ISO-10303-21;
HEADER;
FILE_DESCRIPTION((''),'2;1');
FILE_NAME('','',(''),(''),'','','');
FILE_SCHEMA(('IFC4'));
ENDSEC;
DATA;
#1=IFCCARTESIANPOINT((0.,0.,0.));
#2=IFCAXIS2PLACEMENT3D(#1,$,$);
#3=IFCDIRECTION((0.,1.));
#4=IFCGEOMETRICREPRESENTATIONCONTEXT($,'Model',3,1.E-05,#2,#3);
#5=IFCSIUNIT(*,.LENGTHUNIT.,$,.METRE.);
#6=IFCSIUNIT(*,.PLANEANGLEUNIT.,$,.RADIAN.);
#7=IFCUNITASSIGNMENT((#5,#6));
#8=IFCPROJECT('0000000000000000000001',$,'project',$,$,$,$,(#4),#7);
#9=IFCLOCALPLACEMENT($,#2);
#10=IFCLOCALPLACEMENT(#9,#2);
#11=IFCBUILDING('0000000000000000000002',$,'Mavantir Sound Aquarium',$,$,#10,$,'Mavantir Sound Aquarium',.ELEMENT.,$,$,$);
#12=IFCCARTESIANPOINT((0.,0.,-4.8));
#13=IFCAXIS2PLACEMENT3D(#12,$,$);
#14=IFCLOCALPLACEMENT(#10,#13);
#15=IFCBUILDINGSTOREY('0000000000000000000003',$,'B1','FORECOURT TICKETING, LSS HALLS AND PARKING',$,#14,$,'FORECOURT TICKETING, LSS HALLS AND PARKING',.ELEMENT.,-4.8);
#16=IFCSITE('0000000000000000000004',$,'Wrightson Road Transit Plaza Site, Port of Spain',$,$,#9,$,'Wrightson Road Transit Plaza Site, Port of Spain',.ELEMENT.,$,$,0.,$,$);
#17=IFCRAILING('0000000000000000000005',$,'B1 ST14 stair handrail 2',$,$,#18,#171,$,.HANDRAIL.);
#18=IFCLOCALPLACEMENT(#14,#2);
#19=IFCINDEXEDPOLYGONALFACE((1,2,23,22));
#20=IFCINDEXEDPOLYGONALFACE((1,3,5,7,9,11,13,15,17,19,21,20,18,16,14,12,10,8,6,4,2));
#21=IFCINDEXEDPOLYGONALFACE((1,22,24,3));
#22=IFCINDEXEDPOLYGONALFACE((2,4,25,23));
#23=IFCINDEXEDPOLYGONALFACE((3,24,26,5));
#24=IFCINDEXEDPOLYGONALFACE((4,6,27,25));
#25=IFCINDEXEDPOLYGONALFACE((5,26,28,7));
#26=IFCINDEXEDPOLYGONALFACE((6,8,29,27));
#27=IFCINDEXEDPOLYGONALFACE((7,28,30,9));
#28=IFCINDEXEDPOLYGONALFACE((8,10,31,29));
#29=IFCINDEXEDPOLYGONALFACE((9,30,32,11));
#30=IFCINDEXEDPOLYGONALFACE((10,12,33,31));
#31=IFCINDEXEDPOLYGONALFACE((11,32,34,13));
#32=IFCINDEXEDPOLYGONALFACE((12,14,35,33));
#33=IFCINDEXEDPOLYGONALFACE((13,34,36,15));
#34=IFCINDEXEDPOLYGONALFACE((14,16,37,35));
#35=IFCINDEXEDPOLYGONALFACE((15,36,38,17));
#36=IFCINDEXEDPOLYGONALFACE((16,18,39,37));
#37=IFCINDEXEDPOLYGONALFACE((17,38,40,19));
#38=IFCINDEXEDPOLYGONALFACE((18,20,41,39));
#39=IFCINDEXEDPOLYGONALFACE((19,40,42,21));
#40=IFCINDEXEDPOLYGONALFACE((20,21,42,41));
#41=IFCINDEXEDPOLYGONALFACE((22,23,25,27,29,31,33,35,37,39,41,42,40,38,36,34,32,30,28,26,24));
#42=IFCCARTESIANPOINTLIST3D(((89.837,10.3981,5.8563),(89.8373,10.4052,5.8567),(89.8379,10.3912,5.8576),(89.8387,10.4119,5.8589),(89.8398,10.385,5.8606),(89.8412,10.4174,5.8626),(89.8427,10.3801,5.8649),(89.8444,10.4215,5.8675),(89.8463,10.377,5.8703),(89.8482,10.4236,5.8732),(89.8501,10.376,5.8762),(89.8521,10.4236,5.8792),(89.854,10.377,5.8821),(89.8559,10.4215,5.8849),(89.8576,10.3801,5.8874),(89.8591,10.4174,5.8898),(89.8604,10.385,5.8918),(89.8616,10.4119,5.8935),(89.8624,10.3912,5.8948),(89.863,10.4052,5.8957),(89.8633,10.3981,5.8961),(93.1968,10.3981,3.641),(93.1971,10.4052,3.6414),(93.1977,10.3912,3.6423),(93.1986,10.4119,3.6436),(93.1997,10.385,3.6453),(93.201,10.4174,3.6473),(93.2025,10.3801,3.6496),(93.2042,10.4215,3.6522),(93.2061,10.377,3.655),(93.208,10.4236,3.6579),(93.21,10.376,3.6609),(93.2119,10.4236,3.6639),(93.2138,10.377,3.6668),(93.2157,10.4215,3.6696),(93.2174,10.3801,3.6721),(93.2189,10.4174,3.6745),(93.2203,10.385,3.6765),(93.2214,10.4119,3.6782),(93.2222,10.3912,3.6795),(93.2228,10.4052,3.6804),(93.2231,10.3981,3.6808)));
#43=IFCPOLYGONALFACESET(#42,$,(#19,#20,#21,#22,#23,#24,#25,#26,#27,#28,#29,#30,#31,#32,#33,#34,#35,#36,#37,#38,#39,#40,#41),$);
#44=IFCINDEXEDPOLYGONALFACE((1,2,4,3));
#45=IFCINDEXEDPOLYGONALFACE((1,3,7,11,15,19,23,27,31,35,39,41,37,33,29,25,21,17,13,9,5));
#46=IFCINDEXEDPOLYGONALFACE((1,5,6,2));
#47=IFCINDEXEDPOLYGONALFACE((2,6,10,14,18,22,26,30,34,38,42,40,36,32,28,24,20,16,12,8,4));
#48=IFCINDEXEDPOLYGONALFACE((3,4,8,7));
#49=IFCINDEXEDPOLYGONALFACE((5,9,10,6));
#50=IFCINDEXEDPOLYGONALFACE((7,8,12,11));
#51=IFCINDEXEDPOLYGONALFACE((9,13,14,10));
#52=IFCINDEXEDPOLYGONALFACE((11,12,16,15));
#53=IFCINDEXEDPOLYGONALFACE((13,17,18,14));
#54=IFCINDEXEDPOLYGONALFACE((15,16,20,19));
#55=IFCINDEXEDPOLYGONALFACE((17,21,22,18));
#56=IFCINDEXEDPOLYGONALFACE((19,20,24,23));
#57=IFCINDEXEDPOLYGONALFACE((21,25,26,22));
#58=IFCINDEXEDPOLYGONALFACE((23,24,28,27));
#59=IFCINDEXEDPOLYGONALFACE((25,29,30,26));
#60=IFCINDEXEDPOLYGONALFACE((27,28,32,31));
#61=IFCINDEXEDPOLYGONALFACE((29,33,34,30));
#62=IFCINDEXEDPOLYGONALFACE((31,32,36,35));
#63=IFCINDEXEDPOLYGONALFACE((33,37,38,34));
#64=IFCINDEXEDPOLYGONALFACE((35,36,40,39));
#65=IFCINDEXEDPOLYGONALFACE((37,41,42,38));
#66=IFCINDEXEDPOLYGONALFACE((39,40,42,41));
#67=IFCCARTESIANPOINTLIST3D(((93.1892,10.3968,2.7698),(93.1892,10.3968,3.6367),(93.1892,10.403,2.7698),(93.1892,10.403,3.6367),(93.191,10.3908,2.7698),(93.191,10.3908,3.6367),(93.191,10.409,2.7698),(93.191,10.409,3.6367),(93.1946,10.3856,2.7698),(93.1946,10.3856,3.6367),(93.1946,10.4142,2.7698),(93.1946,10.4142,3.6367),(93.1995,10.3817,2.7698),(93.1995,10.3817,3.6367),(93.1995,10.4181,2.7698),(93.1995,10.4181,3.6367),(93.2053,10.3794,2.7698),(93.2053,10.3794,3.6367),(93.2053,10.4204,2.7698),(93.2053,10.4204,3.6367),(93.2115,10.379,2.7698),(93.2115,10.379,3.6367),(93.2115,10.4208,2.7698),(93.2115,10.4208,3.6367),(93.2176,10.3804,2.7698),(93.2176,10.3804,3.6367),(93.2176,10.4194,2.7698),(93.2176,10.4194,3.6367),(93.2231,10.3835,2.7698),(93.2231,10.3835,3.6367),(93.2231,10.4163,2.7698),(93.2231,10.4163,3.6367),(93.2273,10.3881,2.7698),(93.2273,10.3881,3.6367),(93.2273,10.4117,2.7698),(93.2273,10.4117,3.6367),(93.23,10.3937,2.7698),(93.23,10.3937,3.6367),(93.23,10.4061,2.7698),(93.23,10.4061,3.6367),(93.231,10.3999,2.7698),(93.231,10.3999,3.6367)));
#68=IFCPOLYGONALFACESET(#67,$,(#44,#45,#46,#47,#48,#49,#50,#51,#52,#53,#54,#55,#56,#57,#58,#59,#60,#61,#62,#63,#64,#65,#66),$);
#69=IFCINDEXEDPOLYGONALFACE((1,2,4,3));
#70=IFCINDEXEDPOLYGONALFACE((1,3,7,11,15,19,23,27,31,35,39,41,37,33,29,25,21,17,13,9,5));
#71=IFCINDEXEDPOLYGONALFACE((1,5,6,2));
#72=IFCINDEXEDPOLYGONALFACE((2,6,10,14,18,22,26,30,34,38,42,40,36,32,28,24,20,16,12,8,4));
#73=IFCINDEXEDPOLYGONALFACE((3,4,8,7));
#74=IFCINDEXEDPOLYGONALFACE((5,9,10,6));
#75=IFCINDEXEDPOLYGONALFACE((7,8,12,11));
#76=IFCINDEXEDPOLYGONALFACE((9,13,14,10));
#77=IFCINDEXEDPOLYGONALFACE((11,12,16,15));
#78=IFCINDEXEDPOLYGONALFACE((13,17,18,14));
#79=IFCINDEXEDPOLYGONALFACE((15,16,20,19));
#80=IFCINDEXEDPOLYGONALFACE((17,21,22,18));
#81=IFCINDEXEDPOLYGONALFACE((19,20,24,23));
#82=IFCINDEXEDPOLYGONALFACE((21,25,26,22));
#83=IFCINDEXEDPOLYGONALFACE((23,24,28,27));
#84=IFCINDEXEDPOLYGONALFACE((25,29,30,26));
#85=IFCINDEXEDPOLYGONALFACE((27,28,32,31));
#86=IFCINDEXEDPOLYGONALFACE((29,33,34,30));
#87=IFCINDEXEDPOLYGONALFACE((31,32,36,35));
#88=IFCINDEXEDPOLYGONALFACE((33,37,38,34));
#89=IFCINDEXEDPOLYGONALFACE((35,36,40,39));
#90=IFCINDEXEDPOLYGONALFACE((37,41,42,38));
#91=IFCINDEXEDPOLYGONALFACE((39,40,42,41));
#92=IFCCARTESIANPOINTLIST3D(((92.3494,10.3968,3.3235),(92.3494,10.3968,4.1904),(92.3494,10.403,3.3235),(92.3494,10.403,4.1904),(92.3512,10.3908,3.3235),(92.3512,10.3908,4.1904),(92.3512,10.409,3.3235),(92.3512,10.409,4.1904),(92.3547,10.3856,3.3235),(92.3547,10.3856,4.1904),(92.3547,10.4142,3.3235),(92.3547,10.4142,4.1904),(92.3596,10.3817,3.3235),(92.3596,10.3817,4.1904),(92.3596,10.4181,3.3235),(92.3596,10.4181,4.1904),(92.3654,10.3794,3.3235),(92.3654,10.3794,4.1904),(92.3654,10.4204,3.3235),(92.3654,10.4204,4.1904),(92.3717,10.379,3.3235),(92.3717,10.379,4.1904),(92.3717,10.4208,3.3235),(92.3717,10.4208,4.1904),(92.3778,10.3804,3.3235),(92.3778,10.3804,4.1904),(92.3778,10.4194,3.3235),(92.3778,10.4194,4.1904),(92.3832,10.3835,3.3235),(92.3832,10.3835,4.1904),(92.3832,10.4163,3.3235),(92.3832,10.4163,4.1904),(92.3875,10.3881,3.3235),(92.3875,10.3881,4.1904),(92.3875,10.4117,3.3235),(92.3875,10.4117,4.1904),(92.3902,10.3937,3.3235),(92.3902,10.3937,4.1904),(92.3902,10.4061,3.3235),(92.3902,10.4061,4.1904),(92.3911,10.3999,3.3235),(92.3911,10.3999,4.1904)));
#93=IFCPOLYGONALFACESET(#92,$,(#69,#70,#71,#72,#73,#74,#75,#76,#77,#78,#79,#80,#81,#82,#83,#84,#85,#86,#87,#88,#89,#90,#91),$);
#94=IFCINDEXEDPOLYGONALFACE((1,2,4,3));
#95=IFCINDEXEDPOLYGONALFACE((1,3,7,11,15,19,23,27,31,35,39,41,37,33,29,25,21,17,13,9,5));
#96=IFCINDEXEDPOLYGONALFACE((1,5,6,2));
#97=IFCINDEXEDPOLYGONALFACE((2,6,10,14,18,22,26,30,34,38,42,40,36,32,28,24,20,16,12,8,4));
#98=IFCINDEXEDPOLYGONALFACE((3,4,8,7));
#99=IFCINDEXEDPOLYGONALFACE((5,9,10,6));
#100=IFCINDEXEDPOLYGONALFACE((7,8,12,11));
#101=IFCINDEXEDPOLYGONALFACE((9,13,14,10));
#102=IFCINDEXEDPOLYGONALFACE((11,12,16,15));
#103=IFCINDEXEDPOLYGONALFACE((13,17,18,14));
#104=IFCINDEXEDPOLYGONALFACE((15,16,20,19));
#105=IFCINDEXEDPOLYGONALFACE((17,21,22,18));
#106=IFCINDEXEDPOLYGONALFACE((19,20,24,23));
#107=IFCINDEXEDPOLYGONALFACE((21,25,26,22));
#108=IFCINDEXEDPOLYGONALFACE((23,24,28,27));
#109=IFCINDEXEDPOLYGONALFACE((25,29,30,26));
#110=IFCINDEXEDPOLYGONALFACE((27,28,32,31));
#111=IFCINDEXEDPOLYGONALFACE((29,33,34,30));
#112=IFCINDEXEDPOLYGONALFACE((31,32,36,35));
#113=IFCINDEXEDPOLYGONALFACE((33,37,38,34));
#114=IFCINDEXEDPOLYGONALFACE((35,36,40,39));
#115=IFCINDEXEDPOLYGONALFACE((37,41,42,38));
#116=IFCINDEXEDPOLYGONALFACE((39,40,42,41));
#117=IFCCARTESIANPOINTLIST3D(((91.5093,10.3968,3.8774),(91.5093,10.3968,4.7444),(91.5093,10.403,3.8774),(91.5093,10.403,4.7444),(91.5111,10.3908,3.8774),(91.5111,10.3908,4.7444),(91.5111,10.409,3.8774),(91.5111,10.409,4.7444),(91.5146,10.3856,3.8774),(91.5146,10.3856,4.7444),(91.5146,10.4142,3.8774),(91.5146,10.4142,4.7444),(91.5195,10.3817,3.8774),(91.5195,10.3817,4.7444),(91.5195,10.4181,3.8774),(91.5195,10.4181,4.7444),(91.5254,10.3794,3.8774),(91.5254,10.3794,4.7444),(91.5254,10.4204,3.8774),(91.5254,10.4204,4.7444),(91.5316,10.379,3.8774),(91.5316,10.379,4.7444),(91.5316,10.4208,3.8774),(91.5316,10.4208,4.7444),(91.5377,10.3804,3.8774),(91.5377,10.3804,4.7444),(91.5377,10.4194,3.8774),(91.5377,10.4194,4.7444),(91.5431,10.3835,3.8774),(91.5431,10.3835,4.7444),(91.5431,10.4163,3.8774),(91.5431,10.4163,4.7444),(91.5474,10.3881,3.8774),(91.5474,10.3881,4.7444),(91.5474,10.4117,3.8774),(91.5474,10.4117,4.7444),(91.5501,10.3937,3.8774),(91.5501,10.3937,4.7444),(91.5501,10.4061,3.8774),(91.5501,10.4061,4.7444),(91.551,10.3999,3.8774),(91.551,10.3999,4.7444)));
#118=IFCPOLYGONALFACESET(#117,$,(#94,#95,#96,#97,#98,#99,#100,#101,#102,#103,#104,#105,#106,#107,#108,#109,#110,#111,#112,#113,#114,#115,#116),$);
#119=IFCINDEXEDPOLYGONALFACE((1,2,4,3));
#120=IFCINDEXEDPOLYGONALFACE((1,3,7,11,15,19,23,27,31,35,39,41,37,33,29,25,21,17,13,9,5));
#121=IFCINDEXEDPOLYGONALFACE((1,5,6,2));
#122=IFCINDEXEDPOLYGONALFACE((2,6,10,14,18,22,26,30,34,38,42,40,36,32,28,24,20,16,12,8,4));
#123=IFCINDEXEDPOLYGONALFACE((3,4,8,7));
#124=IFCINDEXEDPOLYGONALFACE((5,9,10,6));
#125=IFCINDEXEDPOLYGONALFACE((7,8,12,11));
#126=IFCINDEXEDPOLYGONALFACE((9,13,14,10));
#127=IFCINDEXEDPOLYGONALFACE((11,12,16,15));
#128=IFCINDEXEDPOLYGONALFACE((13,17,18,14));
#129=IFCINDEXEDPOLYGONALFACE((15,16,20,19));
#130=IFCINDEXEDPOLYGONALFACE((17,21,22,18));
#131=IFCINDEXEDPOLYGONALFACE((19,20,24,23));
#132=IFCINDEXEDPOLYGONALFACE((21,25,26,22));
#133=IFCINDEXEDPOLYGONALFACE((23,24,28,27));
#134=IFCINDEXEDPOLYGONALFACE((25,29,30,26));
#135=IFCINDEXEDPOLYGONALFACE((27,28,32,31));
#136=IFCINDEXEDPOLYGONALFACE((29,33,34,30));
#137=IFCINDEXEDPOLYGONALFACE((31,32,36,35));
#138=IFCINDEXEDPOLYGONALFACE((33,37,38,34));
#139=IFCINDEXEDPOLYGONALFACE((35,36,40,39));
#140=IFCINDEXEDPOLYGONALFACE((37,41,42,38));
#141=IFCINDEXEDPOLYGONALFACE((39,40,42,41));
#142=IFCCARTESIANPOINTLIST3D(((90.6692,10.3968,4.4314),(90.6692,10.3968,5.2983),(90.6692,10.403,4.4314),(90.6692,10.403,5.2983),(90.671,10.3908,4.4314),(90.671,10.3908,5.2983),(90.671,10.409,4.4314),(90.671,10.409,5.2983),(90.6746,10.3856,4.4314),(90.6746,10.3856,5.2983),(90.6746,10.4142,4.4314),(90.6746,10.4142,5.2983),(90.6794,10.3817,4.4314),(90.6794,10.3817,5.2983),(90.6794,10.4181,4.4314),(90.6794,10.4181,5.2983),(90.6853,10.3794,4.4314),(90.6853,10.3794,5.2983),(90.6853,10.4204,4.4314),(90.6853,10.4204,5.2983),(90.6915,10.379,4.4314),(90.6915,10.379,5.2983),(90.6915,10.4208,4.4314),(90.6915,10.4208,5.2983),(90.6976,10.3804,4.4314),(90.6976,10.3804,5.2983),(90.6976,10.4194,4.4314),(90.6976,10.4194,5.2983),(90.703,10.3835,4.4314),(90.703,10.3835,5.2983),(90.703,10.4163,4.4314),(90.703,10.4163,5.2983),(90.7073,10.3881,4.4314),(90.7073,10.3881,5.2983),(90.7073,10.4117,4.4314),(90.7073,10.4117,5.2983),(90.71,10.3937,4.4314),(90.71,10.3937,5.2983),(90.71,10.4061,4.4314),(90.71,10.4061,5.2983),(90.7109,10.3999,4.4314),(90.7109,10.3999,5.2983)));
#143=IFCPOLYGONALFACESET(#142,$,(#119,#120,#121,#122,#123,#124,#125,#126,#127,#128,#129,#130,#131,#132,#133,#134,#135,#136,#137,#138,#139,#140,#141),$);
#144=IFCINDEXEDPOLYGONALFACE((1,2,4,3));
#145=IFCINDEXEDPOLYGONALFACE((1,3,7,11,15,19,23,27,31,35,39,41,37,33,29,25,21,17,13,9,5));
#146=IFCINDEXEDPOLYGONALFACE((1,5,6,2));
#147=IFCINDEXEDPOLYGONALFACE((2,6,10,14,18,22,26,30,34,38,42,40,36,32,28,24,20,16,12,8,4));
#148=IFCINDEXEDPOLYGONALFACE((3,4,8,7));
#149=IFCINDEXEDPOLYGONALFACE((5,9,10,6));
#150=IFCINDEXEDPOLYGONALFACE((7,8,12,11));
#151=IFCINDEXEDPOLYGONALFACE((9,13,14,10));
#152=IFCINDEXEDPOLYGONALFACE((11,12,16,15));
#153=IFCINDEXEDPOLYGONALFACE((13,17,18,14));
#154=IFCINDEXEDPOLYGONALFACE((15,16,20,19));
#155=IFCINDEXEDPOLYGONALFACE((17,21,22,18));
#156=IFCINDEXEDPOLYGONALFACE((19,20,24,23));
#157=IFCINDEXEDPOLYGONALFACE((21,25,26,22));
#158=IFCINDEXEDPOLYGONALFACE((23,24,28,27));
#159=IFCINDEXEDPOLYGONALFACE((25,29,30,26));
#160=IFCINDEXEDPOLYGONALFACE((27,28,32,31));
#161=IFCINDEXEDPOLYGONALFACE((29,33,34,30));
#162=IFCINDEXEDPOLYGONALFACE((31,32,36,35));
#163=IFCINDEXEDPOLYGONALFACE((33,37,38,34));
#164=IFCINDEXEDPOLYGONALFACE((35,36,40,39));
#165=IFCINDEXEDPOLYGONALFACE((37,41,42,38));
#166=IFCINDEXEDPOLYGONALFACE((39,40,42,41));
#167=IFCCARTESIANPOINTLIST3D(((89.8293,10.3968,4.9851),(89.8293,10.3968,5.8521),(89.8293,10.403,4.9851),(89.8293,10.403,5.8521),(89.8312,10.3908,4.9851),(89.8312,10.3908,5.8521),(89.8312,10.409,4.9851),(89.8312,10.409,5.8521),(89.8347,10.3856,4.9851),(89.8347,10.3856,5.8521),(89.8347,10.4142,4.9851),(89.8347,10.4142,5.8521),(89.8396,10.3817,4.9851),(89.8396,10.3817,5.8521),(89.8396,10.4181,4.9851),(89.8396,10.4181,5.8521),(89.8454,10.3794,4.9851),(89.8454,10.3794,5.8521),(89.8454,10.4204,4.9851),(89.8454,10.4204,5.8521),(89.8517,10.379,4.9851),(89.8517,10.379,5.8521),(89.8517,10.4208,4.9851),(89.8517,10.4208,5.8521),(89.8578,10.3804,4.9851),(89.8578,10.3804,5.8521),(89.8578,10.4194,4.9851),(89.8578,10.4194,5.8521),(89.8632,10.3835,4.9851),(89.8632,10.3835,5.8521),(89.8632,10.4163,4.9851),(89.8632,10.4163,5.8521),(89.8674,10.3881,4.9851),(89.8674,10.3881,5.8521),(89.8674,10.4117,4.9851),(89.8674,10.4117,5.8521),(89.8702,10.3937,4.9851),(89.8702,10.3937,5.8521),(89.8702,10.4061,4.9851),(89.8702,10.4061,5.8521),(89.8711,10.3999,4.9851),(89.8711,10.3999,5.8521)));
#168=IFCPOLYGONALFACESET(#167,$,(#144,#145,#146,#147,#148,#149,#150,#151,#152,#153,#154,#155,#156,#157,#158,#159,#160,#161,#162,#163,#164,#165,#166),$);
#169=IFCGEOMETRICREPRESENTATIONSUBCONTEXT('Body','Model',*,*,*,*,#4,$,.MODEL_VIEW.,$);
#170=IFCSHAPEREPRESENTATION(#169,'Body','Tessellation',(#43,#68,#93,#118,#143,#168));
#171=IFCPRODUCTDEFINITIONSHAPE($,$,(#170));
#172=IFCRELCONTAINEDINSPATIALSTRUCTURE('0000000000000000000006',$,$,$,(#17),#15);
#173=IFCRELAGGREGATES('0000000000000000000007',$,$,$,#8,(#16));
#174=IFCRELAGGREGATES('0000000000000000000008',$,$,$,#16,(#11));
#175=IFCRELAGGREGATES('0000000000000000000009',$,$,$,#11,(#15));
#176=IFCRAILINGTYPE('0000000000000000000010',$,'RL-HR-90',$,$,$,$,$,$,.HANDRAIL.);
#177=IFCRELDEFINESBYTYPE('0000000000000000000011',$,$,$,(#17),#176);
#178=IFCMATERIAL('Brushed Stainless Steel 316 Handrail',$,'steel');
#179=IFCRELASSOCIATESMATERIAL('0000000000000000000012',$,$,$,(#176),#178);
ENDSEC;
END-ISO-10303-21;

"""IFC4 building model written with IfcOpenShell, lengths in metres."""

from ifc_helpers import new_model, si_unit, direction, frame, origin, origin_2d, place, context, subcontext, project, spatial, circle, extrude, material, type_object, element, save


model = new_model("IFC4")

# Units and contexts
model_context = context("Model", 3, precision=1e-05, world=origin(), true_north=direction((0.0, 1.0)))
body_context = subcontext(model_context, "Body", "Model", "MODEL_VIEW")
ifc_project = project(units=[si_unit("LENGTHUNIT", "METRE"), si_unit("PLANEANGLEUNIT", "RADIAN")], contexts=[model_context])

# Site, building, storey
site_placement = place(None, origin())
site = spatial("IfcSite", under=ifc_project, at=site_placement, Name="Wrightson Road Transit Plaza Site, Port of Spain", LongName="Wrightson Road Transit Plaza Site, Port of Spain", CompositionType="ELEMENT", RefElevation=0.0)
building_placement = place(site_placement, origin())
building = spatial("IfcBuilding", under=site, at=building_placement, Name="Mavantir Sound Aquarium", LongName="Mavantir Sound Aquarium", CompositionType="ELEMENT")
storey_placement = place(building_placement, frame((0.0, 0.0, -4.8)))
storey = spatial("IfcBuildingStorey", under=building, at=storey_placement, Name="B1", Description="FORECOURT TICKETING, LSS HALLS AND PARKING", LongName="FORECOURT TICKETING, LSS HALLS AND PARKING", CompositionType="ELEMENT", Elevation=-4.8)

# Railing
ifc_material_1 = material(Name="Brushed Stainless Steel 316 Handrail", Category="steel")
railing_type_1 = type_object("IfcRailingType", Name="RL-HR-90", PredefinedType="HANDRAIL", material=ifc_material_1)
railing_1_placement = place(storey_placement, frame((93.21, 10.3999, 2.7698)))
element("IfcRailing", 1, at=railing_1_placement, inside=storey, type_object=railing_type_1, Name="B1 ST14 stair handrail 2", PredefinedType="HANDRAIL", context=body_context, shape_type="SweptSolid", body=[
    extrude(circle(Radius=0.0239, at=origin_2d()), frame((0.0, 0.0, 0.8911), z_axis=(-0.834858, 0.0, 0.550465), x_axis=(0.0, -1.0, 0.0)), (0.0, 0.0, 1.0), 4.0244),
    extrude(circle(Radius=0.021, at=origin_2d()), origin(), (0.0, 0.0, 1.0), 0.8669),
    extrude(circle(Radius=0.021, at=origin_2d()), frame((-0.8398, 0.0, 0.5537)), (0.0, 0.0, 1.0), 0.8669),
    extrude(circle(Radius=0.021, at=origin_2d()), frame((-1.6799, 0.0, 1.1077)), (0.0, 0.0, 1.0), 0.8669),
    extrude(circle(Radius=0.021, at=origin_2d()), frame((-2.52, 0.0, 1.6616)), (0.0, 0.0, 1.0), 0.8669),
    extrude(circle(Radius=0.021, at=origin_2d()), frame((-3.3599, 0.0, 2.2153)), (0.0, 0.0, 1.0), 0.8669),
])

save(model, "model.ifc")
